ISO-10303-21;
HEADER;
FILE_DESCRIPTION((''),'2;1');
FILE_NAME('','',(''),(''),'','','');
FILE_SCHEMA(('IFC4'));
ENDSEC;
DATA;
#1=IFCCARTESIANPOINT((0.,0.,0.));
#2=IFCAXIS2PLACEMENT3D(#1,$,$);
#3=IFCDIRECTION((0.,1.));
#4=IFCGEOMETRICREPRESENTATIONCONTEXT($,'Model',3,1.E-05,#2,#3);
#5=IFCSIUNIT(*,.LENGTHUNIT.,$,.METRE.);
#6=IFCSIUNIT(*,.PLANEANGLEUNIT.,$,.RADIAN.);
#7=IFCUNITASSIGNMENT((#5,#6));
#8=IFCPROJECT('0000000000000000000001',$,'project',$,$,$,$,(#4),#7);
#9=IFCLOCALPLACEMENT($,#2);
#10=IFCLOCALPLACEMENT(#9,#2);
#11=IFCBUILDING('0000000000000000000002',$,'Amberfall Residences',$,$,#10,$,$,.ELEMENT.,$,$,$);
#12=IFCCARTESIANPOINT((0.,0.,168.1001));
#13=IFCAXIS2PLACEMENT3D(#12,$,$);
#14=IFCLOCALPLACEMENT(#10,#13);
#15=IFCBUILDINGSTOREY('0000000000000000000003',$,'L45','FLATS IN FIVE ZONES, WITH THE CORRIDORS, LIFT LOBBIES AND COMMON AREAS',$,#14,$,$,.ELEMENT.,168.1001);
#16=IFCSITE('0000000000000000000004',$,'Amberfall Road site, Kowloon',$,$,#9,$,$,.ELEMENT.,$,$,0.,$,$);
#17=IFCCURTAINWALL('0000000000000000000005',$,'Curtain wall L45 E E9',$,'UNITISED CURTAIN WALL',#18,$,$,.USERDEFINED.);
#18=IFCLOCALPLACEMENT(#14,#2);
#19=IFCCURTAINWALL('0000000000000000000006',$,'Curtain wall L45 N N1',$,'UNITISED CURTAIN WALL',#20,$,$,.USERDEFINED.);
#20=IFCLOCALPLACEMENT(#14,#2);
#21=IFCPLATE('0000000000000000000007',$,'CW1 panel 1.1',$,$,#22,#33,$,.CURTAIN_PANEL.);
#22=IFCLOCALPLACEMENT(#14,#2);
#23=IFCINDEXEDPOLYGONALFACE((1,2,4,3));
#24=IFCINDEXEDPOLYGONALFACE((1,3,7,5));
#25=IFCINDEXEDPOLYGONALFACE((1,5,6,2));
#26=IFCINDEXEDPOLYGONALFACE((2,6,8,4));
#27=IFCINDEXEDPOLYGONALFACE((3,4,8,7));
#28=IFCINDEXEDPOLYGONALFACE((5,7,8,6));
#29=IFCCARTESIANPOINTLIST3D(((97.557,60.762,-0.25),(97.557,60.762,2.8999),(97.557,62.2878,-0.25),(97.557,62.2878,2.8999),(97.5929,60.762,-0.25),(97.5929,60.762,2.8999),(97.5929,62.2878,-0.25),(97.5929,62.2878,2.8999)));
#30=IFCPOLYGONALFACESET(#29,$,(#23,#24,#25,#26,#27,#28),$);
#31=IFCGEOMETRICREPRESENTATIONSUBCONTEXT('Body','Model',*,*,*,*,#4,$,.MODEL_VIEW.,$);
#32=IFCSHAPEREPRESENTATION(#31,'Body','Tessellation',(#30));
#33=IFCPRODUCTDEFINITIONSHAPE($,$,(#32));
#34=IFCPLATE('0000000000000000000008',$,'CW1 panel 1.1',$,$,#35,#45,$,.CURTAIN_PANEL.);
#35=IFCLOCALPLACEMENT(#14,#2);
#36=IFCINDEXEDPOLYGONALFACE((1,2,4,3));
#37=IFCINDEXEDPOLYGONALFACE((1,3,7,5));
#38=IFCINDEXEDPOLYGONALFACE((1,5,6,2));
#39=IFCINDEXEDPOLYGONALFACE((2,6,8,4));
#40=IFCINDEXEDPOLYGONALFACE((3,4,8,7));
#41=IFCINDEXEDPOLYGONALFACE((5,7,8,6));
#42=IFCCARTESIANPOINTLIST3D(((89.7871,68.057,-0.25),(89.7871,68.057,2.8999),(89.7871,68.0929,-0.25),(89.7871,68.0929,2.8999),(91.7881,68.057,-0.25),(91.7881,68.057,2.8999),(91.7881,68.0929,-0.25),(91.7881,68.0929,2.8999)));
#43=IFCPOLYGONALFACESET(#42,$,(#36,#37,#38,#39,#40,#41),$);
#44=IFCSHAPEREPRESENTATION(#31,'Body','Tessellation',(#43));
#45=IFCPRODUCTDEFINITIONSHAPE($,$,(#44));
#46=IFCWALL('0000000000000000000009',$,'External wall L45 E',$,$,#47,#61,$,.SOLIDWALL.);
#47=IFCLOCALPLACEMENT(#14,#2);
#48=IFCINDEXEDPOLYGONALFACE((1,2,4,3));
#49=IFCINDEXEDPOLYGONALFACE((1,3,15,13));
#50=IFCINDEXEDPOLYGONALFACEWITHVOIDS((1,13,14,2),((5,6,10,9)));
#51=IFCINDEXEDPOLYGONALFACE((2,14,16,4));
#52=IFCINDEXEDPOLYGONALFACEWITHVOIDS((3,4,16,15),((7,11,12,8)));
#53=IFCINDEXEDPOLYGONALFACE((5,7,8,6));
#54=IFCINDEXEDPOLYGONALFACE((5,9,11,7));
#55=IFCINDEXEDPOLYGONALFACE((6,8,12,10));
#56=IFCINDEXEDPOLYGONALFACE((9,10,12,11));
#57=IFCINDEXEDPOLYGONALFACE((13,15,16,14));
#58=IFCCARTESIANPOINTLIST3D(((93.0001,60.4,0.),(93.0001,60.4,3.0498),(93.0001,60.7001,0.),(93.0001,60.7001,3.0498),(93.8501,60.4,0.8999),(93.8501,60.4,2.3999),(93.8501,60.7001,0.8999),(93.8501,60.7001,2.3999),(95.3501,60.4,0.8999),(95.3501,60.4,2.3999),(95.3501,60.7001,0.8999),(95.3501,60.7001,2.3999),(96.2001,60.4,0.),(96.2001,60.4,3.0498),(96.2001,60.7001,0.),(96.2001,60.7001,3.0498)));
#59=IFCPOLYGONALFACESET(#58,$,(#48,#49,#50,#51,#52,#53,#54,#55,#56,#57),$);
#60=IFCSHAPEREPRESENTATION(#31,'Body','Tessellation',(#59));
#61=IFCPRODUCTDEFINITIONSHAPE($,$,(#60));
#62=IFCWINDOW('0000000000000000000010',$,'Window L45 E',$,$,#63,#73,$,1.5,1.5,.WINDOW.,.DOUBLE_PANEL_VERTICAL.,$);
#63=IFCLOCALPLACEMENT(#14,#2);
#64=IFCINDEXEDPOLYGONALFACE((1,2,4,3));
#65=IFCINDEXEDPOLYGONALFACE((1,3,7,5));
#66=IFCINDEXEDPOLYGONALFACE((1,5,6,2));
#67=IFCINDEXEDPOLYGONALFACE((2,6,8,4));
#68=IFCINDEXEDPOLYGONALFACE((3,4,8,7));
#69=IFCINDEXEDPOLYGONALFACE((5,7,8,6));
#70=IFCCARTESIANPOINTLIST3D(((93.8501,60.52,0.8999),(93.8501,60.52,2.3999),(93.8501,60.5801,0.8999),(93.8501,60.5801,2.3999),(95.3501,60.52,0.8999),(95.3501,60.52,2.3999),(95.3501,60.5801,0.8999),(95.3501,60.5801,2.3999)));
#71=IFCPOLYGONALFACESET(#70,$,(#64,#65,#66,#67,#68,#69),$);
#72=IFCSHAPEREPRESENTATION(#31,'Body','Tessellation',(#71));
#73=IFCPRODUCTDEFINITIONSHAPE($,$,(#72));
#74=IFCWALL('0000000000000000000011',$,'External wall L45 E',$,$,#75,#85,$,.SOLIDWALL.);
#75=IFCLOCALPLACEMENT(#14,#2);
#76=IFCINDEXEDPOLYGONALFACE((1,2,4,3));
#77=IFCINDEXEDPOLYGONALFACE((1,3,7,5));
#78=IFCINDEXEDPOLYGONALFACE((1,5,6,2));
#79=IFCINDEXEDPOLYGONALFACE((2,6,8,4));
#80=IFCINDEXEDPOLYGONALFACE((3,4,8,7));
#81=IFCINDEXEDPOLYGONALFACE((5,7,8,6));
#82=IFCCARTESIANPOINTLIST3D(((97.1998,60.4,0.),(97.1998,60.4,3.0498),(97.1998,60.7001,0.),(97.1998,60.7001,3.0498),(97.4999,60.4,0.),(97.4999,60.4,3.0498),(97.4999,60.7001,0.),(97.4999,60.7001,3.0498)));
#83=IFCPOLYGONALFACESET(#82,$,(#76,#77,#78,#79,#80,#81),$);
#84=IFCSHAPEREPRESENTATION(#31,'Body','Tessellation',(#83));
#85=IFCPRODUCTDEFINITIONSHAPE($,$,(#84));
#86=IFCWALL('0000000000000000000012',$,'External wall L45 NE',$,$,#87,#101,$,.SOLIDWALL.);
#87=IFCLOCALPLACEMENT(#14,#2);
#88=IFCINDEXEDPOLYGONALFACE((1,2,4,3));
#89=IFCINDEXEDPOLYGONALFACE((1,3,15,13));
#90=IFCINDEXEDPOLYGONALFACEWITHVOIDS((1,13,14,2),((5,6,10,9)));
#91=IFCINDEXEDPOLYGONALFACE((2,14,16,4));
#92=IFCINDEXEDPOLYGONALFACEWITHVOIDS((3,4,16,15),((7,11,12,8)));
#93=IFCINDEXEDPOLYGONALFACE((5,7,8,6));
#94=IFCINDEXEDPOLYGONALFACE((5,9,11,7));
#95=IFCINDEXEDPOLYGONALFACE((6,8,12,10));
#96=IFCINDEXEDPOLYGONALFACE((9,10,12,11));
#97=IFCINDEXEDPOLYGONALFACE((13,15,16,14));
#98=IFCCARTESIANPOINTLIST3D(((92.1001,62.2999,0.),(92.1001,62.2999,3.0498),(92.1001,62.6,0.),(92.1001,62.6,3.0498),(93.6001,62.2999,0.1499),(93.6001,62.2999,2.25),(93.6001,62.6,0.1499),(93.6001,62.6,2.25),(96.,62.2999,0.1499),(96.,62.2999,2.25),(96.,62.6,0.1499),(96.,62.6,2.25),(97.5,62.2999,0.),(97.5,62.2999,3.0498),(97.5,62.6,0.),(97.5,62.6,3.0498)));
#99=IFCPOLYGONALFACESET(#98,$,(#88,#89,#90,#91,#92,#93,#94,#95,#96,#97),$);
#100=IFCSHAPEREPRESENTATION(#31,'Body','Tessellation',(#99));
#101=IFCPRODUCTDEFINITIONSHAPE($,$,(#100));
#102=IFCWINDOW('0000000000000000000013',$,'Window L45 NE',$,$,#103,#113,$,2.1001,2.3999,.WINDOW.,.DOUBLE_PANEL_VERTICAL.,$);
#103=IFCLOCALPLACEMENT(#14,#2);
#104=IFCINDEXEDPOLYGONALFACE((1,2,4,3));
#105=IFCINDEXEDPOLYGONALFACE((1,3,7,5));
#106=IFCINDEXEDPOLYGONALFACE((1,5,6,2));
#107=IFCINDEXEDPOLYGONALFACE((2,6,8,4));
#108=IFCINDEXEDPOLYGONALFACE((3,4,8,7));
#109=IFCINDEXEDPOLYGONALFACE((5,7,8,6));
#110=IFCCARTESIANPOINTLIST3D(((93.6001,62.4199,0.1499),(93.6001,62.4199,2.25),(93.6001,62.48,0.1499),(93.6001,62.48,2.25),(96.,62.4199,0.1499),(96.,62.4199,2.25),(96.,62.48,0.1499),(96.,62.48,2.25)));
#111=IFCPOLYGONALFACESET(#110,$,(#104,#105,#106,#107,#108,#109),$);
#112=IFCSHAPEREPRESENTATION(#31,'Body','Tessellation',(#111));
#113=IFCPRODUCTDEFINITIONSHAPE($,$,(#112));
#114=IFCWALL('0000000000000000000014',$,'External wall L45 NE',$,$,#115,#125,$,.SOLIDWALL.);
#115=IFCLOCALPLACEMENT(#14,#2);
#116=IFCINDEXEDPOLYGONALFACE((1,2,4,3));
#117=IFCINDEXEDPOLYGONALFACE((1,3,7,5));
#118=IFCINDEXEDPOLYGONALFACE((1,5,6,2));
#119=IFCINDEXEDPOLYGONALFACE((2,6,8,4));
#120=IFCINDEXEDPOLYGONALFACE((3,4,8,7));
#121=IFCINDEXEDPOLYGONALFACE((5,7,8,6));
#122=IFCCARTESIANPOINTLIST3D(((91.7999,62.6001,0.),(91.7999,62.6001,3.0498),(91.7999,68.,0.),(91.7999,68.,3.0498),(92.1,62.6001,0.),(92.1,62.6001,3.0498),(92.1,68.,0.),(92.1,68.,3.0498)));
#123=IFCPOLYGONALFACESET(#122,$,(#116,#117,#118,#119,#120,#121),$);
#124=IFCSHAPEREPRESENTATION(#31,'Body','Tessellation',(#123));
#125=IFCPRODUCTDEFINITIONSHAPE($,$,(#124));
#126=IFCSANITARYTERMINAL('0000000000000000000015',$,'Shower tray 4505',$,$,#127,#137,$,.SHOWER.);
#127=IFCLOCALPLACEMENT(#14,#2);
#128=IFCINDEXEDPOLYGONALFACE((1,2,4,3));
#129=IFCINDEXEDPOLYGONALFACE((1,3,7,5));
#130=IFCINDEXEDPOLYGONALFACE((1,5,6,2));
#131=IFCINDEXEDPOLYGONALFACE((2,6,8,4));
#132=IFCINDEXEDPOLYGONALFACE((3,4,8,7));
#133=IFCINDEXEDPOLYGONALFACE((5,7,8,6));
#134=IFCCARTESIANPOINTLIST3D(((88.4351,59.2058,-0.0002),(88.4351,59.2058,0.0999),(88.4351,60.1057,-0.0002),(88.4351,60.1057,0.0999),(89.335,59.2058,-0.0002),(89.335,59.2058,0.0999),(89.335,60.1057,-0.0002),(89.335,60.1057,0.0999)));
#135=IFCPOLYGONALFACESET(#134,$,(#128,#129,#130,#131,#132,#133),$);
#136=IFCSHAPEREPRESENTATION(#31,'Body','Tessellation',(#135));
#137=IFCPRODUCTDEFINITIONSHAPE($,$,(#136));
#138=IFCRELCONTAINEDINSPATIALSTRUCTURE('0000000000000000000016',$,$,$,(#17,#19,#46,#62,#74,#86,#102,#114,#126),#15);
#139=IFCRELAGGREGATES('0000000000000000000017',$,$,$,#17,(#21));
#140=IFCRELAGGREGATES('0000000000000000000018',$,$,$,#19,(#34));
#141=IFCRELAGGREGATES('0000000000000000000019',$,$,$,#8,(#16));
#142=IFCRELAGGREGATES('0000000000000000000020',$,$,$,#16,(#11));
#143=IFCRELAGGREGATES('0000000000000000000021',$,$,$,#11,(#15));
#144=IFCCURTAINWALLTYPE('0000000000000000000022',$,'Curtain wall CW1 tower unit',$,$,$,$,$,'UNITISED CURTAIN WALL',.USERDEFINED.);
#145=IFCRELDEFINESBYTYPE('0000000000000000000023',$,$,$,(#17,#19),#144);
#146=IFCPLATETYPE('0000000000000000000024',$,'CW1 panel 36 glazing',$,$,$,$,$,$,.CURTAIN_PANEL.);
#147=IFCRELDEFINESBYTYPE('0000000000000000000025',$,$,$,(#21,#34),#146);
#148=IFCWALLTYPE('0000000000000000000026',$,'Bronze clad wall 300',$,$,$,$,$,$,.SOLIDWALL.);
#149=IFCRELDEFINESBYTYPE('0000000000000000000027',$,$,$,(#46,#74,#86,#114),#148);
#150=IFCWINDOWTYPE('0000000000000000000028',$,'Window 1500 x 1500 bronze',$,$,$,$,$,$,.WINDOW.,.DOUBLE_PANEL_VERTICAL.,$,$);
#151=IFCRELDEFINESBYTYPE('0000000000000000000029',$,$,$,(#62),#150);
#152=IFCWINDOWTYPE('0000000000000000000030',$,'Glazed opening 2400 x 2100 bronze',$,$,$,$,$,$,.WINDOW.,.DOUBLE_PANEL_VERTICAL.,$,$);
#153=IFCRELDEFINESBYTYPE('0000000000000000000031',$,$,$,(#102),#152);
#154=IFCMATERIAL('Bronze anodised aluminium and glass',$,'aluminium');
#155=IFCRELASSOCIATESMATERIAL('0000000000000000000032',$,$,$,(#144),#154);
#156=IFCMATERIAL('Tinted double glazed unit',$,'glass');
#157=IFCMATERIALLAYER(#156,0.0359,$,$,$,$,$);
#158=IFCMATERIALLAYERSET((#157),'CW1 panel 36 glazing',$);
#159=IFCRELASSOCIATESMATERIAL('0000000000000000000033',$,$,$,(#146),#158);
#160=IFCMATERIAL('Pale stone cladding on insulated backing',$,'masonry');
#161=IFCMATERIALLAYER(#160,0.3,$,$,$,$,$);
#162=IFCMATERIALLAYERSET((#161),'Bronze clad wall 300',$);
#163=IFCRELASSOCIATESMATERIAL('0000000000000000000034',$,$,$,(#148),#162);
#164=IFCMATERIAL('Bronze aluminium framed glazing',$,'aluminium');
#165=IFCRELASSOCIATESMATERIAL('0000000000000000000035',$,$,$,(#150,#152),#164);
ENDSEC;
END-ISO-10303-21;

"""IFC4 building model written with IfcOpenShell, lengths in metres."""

from ifc_helpers import new_model, si_unit, direction, frame, frame_2d, origin, origin_2d, place, context, subcontext, project, spatial, rectangle, extrude, material, layer, layer_set, type_object, element, fill, aggregate, save


model = new_model("IFC4")

# Units and contexts
model_context = context("Model", 3, precision=1e-05, world=origin(), true_north=direction((0.0, 1.0)))
body_context = subcontext(model_context, "Body", "Model", "MODEL_VIEW")
ifc_project = project(units=[si_unit("LENGTHUNIT", "METRE"), si_unit("PLANEANGLEUNIT", "RADIAN")], contexts=[model_context])

# Site, building, storey
site_placement = place(None, origin())
site = spatial("IfcSite", under=ifc_project, at=site_placement, Name="Amberfall Road site, Kowloon", CompositionType="ELEMENT", RefElevation=0.0)
building_placement = place(site_placement, origin())
building = spatial("IfcBuilding", under=site, at=building_placement, Name="Amberfall Residences", CompositionType="ELEMENT")
storey_placement = place(building_placement, frame((0.0, 0.0, 168.1001)))
storey = spatial("IfcBuildingStorey", under=building, at=storey_placement, Name="L45", Description="FLATS IN FIVE ZONES, WITH THE CORRIDORS, LIFT LOBBIES AND COMMON AREAS", CompositionType="ELEMENT", Elevation=168.1001)

# Curtain wall
ifc_material_1 = material(Name="Bronze anodised aluminium and glass", Category="aluminium")
curtain_wall_type_1 = type_object("IfcCurtainWallType", Name="Curtain wall CW1 tower unit", ElementType="UNITISED CURTAIN WALL", PredefinedType="USERDEFINED", material=ifc_material_1)
curtain_wall_1_placement = place(storey_placement, origin())
curtain_wall_1 = element("IfcCurtainWall", 1, at=curtain_wall_1_placement, inside=storey, type_object=curtain_wall_type_1, Name="Curtain wall L45 E E9", ObjectType="UNITISED CURTAIN WALL", PredefinedType="USERDEFINED")

# Curtain wall
curtain_wall_2_placement = place(storey_placement, origin())
curtain_wall_2 = element("IfcCurtainWall", 2, at=curtain_wall_2_placement, inside=storey, type_object=curtain_wall_type_1, Name="Curtain wall L45 N N1", ObjectType="UNITISED CURTAIN WALL", PredefinedType="USERDEFINED")

# Plates
ifc_material_2 = material(Name="Tinted double glazed unit", Category="glass")
ifc_layer_1 = layer(ifc_material_2, 0.0359)
ifc_layer_set_1 = layer_set([ifc_layer_1], Name="CW1 panel 36 glazing")
plate_type = type_object("IfcPlateType", Name="CW1 panel 36 glazing", PredefinedType="CURTAIN_PANEL", material=ifc_layer_set_1)
plate_1_placement = place(storey_placement, frame((97.575, 61.5249, -0.25), z_axis=(0.0, 0.0, 1.0), x_axis=(0.0, 1.0, 0.0)))
plate_1 = element("IfcPlate", 3, at=plate_1_placement, type_object=plate_type, Name="CW1 panel 1.1", PredefinedType="CURTAIN_PANEL", context=body_context, shape_type="SweptSolid", body=[
    extrude(rectangle(XDim=1.5259, YDim=0.0359, at=origin_2d()), origin(), (0.0, 0.0, 1.0), 3.1499),
])
aggregate(curtain_wall_1, [plate_1])
plate_2_placement = place(storey_placement, frame((90.7876, 68.075, -0.25), z_axis=(0.0, 0.0, 1.0), x_axis=(-1.0, 0.0, 0.0)))
plate_2 = element("IfcPlate", 4, at=plate_2_placement, type_object=plate_type, Name="CW1 panel 1.1", PredefinedType="CURTAIN_PANEL", context=body_context, shape_type="SweptSolid", body=[
    extrude(rectangle(XDim=2.001, YDim=0.0359, at=origin_2d()), origin(), (0.0, 0.0, 1.0), 3.1499),
])
aggregate(curtain_wall_2, [plate_2])

# Wall, opening, window
ifc_material_3 = material(Name="Pale stone cladding on insulated backing", Category="masonry")
ifc_layer_2 = layer(ifc_material_3, 0.3)
ifc_layer_set_2 = layer_set([ifc_layer_2], Name="Bronze clad wall 300")
wall_type = type_object("IfcWallType", Name="Bronze clad wall 300", PredefinedType="SOLIDWALL", material=ifc_layer_set_2)
wall_1_placement = place(storey_placement, frame((93.0, 60.55, 0.0), z_axis=(0.0, 0.0, 1.0), x_axis=(1.0, 0.0, 0.0)))
wall_1 = element("IfcWall", 5, at=wall_1_placement, inside=storey, type_object=wall_type, Name="External wall L45 E", PredefinedType="SOLIDWALL", context=body_context, shape_type="SweptSolid", body=[
    extrude(rectangle(XDim=3.2, YDim=0.3, at=frame_2d((1.6001, 0.0))), origin(), (0.0, 0.0, 1.0), 3.0498),
])
opening_1_placement = place(wall_1_placement, frame((0.8501, 0.0, 0.8999)))
opening_1 = element("IfcOpeningElement", 6, at=opening_1_placement, cuts=wall_1, PredefinedType="OPENING", context=body_context, shape_type="SweptSolid", body=[
    extrude(rectangle(XDim=1.5, YDim=1.5, at=frame_2d((0.75, 0.75))), frame((0.0, 0.1599, 0.0), z_axis=(0.0, -1.0, 0.0), x_axis=(1.0, 0.0, 0.0)), (0.0, 0.0, 1.0), 0.3201),
])
ifc_material_4 = material(Name="Bronze aluminium framed glazing", Category="aluminium")
window_type_1 = type_object("IfcWindowType", Name="Window 1500 x 1500 bronze", PartitioningType="DOUBLE_PANEL_VERTICAL", PredefinedType="WINDOW", material=ifc_material_4)
window_1_placement = place(opening_1_placement, origin())
window_1 = element("IfcWindow", 7, at=window_1_placement, inside=storey, type_object=window_type_1, Name="Window L45 E", OverallHeight=1.5, OverallWidth=1.5, PartitioningType="DOUBLE_PANEL_VERTICAL", PredefinedType="WINDOW", context=body_context, shape_type="SweptSolid", body=[
    extrude(rectangle(XDim=1.5, YDim=1.5, at=frame_2d((0.75, 0.75))), frame((0.0, 0.03, 0.0), z_axis=(0.0, -1.0, 0.0), x_axis=(1.0, 0.0, 0.0)), (0.0, 0.0, 1.0), 0.0601),
])
fill(opening_1, window_1)

# Wall
wall_2_placement = place(storey_placement, frame((97.2, 60.55, 0.0), z_axis=(0.0, 0.0, 1.0), x_axis=(1.0, 0.0, 0.0)))
element("IfcWall", 8, at=wall_2_placement, inside=storey, type_object=wall_type, Name="External wall L45 E", PredefinedType="SOLIDWALL", context=body_context, shape_type="SweptSolid", body=[
    extrude(rectangle(XDim=0.3, YDim=0.3, at=frame_2d((0.1499, 0.0))), origin(), (0.0, 0.0, 1.0), 3.0498),
])

# Wall, opening, window
wall_3_placement = place(storey_placement, frame((97.5, 62.45, 0.0), z_axis=(0.0, 0.0, 1.0), x_axis=(-1.0, 0.0, 0.0)))
wall_3 = element("IfcWall", 9, at=wall_3_placement, inside=storey, type_object=wall_type, Name="External wall L45 NE", PredefinedType="SOLIDWALL", context=body_context, shape_type="SweptSolid", body=[
    extrude(rectangle(XDim=5.3999, YDim=0.3, at=frame_2d((2.7, 0.0))), origin(), (0.0, 0.0, 1.0), 3.0498),
])
opening_2_placement = place(wall_3_placement, frame((1.5, 0.0, 0.1499)))
opening_2 = element("IfcOpeningElement", 10, at=opening_2_placement, cuts=wall_3, PredefinedType="OPENING", context=body_context, shape_type="SweptSolid", body=[
    extrude(rectangle(XDim=2.3999, YDim=2.1001, at=frame_2d((1.2, 1.05))), frame((0.0, 0.1599, 0.0), z_axis=(0.0, -1.0, 0.0), x_axis=(1.0, 0.0, 0.0)), (0.0, 0.0, 1.0), 0.3201),
])
window_type_2 = type_object("IfcWindowType", Name="Glazed opening 2400 x 2100 bronze", PartitioningType="DOUBLE_PANEL_VERTICAL", PredefinedType="WINDOW", material=ifc_material_4)
window_2_placement = place(opening_2_placement, origin())
window_2 = element("IfcWindow", 11, at=window_2_placement, inside=storey, type_object=window_type_2, Name="Window L45 NE", OverallHeight=2.1001, OverallWidth=2.3999, PartitioningType="DOUBLE_PANEL_VERTICAL", PredefinedType="WINDOW", context=body_context, shape_type="SweptSolid", body=[
    extrude(rectangle(XDim=2.3999, YDim=2.1001, at=frame_2d((1.2, 1.05))), frame((0.0, 0.03, 0.0), z_axis=(0.0, -1.0, 0.0), x_axis=(1.0, 0.0, 0.0)), (0.0, 0.0, 1.0), 0.0601),
])
fill(opening_2, window_2)

# Wall
wall_4_placement = place(storey_placement, frame((91.95, 62.6001, 0.0), z_axis=(0.0, 0.0, 1.0), x_axis=(0.0, 1.0, 0.0)))
element("IfcWall", 12, at=wall_4_placement, inside=storey, type_object=wall_type, Name="External wall L45 NE", PredefinedType="SOLIDWALL", context=body_context, shape_type="SweptSolid", body=[
    extrude(rectangle(XDim=5.3999, YDim=0.3, at=frame_2d((2.7, 0.0))), origin(), (0.0, 0.0, 1.0), 3.0498),
])

# Sanitary terminal
sanitary_terminal_placement = place(storey_placement, frame((88.885, 59.6558, -0.0002), z_axis=(0.0, 0.0, 1.0), x_axis=(1.0, 0.0, 0.0)))
element("IfcSanitaryTerminal", 13, at=sanitary_terminal_placement, inside=storey, Name="Shower tray 4505", PredefinedType="SHOWER", context=body_context, shape_type="SweptSolid", body=[
    extrude(rectangle(XDim=0.8999, YDim=0.8999, at=origin_2d()), origin(), (0.0, 0.0, 1.0), 0.1001),
])

save(model, "model.ifc")
